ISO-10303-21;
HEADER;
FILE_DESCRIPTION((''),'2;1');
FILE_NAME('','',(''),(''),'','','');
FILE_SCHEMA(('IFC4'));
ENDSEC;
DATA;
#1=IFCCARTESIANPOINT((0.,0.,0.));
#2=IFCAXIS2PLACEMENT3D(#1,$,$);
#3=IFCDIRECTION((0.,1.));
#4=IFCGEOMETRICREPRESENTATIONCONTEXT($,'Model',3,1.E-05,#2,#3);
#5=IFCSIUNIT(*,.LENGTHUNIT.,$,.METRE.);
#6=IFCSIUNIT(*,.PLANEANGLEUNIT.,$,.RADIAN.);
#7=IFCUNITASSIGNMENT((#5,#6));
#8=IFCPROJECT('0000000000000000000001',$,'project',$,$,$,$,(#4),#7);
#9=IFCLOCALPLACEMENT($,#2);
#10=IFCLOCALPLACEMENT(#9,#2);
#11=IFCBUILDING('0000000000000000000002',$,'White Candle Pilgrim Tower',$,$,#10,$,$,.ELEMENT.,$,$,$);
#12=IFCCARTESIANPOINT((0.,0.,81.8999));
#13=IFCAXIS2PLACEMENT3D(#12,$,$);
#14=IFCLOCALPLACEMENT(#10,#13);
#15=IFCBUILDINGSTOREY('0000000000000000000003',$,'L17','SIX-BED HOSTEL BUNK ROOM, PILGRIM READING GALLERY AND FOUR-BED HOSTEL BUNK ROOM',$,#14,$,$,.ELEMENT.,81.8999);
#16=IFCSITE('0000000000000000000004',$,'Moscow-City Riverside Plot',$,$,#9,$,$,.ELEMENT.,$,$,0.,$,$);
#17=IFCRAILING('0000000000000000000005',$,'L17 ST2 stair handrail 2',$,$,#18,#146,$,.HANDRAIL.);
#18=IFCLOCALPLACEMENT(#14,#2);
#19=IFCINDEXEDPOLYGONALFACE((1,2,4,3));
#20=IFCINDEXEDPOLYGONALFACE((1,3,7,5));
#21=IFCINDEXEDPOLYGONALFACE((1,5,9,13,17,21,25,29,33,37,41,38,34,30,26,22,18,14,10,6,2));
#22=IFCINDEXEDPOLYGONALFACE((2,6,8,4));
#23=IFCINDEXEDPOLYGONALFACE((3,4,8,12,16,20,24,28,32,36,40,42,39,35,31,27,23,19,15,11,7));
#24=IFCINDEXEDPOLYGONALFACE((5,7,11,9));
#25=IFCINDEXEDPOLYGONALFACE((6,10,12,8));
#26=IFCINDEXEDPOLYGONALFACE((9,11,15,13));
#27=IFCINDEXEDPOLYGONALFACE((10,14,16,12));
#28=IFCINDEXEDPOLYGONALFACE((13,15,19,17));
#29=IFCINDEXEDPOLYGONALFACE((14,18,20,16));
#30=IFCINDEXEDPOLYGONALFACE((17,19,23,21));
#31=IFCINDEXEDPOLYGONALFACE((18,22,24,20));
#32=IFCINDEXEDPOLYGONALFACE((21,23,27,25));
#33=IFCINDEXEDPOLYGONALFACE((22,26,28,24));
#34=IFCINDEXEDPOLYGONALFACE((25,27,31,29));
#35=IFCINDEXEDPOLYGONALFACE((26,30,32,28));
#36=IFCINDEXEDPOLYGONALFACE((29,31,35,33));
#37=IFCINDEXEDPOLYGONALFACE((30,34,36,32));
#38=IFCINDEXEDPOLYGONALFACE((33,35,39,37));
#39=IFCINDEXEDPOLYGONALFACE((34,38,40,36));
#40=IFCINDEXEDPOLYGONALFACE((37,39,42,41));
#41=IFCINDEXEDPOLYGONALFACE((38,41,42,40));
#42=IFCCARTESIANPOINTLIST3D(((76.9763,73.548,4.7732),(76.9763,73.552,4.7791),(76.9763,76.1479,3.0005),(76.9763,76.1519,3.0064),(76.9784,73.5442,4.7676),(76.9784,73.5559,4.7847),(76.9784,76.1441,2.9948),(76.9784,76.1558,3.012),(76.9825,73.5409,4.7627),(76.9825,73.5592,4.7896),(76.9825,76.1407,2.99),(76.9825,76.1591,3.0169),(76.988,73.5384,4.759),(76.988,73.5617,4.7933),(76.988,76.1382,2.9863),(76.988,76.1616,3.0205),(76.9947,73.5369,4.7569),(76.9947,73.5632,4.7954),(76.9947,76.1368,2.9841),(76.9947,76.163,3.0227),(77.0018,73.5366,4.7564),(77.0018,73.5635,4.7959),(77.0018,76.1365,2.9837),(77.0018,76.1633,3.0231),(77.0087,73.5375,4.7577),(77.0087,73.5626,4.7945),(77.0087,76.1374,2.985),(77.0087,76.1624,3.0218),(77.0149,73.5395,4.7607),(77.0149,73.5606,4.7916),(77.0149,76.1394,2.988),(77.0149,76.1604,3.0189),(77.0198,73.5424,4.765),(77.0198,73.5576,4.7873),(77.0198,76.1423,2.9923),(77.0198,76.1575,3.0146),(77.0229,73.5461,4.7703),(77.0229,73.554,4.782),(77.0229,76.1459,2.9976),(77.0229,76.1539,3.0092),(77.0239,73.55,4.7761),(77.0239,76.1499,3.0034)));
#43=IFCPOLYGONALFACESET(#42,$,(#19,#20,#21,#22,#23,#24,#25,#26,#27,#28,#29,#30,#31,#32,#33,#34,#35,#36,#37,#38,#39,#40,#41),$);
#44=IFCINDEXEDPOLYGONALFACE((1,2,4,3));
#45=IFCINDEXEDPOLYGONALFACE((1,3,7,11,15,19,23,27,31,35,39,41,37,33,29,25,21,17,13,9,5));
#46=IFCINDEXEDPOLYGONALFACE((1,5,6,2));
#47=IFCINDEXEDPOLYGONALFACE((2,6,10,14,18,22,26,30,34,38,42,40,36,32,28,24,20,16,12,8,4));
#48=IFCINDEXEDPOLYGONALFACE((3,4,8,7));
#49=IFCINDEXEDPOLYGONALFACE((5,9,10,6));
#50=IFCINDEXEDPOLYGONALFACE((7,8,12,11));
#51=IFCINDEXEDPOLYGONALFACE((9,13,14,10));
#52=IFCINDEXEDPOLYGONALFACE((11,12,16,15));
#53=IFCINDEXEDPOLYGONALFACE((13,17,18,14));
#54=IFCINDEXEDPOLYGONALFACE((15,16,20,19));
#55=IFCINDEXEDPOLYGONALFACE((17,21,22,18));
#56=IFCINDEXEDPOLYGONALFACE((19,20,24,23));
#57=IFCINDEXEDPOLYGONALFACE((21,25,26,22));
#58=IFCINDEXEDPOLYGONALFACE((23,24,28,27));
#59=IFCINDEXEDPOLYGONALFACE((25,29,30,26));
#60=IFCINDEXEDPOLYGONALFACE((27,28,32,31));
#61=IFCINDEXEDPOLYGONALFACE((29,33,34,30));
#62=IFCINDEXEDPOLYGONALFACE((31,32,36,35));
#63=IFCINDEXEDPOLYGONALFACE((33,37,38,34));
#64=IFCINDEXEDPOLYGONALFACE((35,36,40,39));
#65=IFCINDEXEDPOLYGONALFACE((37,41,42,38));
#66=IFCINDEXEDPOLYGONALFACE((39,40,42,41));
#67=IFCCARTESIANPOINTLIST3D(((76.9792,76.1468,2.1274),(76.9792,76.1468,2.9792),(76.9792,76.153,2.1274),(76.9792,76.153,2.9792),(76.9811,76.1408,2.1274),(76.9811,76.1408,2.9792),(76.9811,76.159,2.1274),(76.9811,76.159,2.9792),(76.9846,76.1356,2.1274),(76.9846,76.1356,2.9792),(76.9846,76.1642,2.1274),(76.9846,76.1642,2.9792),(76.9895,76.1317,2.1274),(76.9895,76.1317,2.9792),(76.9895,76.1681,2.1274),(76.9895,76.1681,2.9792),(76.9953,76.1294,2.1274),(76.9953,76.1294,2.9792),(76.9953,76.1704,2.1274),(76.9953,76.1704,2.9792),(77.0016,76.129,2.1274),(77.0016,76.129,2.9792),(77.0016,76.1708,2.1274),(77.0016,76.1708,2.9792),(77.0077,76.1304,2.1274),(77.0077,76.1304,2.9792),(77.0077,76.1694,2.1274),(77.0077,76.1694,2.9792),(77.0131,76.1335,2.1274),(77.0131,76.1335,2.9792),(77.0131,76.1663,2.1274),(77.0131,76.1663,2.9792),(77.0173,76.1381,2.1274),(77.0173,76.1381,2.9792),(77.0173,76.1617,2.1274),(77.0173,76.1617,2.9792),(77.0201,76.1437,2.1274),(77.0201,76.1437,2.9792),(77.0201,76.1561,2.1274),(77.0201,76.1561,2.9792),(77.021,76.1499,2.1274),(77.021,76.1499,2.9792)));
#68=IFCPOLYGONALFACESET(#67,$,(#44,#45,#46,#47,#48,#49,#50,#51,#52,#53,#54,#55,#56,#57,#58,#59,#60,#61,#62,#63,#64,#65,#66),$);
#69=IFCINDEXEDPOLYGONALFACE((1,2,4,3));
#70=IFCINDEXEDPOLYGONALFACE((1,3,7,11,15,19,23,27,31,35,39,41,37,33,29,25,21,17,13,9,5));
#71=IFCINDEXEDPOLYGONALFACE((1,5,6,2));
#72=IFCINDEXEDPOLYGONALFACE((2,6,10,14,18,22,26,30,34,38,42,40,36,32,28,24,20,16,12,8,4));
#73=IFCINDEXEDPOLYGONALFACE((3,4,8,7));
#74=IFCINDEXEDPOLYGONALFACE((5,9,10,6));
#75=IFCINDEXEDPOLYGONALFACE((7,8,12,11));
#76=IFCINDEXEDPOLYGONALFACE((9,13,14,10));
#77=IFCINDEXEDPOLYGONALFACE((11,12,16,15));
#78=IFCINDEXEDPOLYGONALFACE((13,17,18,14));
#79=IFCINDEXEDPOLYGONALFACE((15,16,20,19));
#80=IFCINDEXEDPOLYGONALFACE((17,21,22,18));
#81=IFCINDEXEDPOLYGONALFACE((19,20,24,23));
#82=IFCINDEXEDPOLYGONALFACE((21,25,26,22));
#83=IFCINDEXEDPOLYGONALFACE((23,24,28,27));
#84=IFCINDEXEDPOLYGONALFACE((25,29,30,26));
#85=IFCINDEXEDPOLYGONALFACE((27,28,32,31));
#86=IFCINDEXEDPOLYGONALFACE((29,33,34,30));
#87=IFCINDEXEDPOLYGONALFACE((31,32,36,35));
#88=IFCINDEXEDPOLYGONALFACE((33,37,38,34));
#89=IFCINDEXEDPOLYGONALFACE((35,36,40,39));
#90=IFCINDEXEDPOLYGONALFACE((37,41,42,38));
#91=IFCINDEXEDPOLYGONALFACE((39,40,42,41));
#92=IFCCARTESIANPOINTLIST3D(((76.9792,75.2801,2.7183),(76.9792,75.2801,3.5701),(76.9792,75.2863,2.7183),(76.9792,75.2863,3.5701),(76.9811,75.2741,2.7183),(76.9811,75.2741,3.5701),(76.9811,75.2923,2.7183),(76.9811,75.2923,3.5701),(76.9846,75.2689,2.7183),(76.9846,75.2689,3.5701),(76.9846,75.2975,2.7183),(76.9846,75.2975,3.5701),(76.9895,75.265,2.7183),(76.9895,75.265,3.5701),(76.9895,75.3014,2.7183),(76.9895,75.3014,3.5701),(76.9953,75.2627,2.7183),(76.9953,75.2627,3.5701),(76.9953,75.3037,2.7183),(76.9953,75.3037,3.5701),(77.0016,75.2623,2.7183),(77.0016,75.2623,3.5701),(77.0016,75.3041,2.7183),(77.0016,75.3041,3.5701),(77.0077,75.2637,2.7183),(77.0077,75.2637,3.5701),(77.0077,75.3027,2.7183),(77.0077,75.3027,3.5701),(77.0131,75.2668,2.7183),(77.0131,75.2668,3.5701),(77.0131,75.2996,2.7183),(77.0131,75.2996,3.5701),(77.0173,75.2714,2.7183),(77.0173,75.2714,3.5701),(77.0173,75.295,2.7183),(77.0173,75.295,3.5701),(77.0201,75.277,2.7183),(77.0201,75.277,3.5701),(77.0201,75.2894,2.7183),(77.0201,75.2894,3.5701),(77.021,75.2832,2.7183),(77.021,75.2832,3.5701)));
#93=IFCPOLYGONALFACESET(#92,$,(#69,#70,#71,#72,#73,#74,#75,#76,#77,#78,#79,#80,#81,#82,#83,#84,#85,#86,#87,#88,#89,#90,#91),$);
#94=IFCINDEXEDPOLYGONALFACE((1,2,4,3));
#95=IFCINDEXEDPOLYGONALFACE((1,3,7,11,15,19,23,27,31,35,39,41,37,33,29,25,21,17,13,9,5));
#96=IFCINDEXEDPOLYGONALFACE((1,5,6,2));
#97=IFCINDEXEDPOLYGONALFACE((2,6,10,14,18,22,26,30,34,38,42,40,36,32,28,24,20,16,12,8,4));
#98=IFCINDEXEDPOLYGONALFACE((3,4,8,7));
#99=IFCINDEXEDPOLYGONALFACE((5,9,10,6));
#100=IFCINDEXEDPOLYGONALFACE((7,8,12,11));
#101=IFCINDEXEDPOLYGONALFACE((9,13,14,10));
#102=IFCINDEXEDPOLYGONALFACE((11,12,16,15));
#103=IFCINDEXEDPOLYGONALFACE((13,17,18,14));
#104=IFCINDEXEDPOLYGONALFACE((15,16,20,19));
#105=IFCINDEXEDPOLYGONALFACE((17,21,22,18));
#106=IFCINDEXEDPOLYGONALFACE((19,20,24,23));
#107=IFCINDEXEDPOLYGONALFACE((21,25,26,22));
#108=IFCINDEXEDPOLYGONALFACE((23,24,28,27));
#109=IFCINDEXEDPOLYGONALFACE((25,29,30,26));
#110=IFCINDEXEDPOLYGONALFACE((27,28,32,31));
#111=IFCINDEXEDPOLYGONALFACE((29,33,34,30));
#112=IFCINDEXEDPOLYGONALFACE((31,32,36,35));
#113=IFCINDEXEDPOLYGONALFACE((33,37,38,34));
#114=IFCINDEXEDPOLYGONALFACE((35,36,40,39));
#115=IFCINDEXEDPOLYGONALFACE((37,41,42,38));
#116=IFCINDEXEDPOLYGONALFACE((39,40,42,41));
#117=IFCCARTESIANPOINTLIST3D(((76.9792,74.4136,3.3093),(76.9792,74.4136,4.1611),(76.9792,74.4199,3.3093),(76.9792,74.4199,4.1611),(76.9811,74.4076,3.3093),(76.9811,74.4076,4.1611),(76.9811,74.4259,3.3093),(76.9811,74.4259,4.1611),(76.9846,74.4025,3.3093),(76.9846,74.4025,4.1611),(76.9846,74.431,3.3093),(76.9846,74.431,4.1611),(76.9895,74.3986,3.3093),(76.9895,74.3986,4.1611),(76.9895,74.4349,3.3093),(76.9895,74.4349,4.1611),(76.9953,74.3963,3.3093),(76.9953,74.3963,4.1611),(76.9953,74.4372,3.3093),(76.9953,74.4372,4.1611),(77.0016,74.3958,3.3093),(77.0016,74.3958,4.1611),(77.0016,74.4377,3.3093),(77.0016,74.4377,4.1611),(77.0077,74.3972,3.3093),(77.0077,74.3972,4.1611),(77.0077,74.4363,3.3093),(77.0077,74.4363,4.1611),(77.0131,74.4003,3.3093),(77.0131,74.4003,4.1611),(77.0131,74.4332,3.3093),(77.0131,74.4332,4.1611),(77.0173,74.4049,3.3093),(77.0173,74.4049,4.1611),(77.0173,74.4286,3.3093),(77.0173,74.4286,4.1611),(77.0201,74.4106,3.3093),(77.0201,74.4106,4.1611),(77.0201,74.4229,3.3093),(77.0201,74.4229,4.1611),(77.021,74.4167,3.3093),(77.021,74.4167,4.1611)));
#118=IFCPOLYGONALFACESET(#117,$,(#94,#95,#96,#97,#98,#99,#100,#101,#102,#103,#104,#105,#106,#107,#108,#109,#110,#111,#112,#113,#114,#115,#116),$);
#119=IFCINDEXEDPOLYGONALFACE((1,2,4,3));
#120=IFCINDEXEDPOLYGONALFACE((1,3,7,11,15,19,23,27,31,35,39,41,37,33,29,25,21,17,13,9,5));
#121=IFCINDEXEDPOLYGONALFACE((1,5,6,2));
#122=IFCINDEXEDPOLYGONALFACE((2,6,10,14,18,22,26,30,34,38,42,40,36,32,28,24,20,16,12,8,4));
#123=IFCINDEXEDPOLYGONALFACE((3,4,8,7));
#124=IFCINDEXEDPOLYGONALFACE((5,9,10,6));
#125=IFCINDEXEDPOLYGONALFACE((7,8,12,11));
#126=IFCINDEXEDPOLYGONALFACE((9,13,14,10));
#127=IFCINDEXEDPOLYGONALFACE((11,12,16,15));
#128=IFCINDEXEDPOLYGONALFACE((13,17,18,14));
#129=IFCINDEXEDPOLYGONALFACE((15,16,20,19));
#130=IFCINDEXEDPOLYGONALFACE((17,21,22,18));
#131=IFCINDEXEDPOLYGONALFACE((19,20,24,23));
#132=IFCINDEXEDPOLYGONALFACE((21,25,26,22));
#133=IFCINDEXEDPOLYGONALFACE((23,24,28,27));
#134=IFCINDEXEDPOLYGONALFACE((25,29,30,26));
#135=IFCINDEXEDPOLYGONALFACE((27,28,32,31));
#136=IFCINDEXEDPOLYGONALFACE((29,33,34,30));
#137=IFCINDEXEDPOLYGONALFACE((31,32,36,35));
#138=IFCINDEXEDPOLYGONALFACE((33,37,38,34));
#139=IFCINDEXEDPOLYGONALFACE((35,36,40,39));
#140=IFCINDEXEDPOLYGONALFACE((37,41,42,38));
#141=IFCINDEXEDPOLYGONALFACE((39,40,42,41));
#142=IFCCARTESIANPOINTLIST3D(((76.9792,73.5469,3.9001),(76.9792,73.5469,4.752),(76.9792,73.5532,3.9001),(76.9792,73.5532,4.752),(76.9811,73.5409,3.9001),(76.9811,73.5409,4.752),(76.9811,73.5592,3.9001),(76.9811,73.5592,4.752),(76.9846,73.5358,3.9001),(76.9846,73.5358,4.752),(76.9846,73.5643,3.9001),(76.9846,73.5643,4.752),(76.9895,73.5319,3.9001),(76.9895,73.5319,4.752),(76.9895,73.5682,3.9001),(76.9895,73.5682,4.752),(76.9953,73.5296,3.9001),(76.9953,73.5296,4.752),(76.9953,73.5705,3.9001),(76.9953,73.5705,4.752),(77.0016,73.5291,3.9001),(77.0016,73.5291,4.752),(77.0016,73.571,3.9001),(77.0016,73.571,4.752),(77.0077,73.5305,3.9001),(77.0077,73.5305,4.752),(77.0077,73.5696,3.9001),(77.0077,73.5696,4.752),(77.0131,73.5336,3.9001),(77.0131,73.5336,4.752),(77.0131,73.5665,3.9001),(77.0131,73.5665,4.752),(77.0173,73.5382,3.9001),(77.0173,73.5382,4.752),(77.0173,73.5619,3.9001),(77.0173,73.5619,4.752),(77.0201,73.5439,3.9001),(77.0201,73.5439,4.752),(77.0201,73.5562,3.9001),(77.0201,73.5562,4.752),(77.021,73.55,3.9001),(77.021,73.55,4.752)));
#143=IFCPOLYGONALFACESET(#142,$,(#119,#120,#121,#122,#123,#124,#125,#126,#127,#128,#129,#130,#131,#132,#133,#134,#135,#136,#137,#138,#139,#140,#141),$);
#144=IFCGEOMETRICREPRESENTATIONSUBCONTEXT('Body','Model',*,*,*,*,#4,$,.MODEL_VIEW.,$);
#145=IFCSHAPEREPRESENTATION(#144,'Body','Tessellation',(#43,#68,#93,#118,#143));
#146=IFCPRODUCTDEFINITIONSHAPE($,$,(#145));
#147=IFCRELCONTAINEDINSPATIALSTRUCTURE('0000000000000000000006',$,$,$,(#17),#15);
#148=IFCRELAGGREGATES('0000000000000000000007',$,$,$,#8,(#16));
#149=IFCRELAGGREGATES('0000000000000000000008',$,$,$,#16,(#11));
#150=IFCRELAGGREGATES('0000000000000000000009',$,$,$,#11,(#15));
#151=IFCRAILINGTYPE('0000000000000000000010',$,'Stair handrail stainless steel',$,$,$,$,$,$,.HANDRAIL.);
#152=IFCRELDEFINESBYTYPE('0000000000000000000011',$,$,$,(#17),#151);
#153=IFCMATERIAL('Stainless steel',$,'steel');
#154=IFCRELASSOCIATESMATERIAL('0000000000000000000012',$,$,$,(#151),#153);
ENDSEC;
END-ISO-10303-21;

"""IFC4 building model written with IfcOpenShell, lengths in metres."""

from ifc_helpers import new_model, si_unit, direction, frame, origin, origin_2d, place, context, subcontext, project, spatial, circle, extrude, material, type_object, element, save


model = new_model("IFC4")

# Units and contexts
model_context = context("Model", 3, precision=1e-05, world=origin(), true_north=direction((0.0, 1.0)))
body_context = subcontext(model_context, "Body", "Model", "MODEL_VIEW")
ifc_project = project(units=[si_unit("LENGTHUNIT", "METRE"), si_unit("PLANEANGLEUNIT", "RADIAN")], contexts=[model_context])

# Site, building, storey
site_placement = place(None, origin())
site = spatial("IfcSite", under=ifc_project, at=site_placement, Name="Moscow-City Riverside Plot", CompositionType="ELEMENT", RefElevation=0.0)
building_placement = place(site_placement, origin())
building = spatial("IfcBuilding", under=site, at=building_placement, Name="White Candle Pilgrim Tower", CompositionType="ELEMENT")
storey_placement = place(building_placement, frame((0.0, 0.0, 81.8999)))
storey = spatial("IfcBuildingStorey", under=building, at=storey_placement, Name="L17", Description="SIX-BED HOSTEL BUNK ROOM, PILGRIM READING GALLERY AND FOUR-BED HOSTEL BUNK ROOM", CompositionType="ELEMENT", Elevation=81.8999)

# Railing
ifc_material_1 = material(Name="Stainless steel", Category="steel")
railing_type_1 = type_object("IfcRailingType", Name="Stair handrail stainless steel", PredefinedType="HANDRAIL", material=ifc_material_1)
railing_1_placement = place(storey_placement, frame((77.0, 76.1499, 2.1274)))
element("IfcRailing", 1, at=railing_1_placement, inside=storey, type_object=railing_type_1, Name="L17 ST2 stair handrail 2", PredefinedType="HANDRAIL", context=body_context, shape_type="SweptSolid", body=[
    extrude(circle(Radius=0.0239, at=origin_2d()), frame((0.0, 0.0, 0.876), z_axis=(0.0, -0.826216, 0.563354), x_axis=(1.0, 0.0, 0.0)), (0.0, 0.0, 1.0), 3.1467),
    extrude(circle(Radius=0.021, at=origin_2d()), origin(), (0.0, 0.0, 1.0), 0.8518),
    extrude(circle(Radius=0.021, at=origin_2d()), frame((0.0, -0.8667, 0.5908)), (0.0, 0.0, 1.0), 0.8518),
    extrude(circle(Radius=0.021, at=origin_2d()), frame((0.0, -1.7332, 1.1819)), (0.0, 0.0, 1.0), 0.8518),
    extrude(circle(Radius=0.021, at=origin_2d()), frame((0.0, -2.5999, 1.7727)), (0.0, 0.0, 1.0), 0.8518),
])

save(model, "model.ifc")
